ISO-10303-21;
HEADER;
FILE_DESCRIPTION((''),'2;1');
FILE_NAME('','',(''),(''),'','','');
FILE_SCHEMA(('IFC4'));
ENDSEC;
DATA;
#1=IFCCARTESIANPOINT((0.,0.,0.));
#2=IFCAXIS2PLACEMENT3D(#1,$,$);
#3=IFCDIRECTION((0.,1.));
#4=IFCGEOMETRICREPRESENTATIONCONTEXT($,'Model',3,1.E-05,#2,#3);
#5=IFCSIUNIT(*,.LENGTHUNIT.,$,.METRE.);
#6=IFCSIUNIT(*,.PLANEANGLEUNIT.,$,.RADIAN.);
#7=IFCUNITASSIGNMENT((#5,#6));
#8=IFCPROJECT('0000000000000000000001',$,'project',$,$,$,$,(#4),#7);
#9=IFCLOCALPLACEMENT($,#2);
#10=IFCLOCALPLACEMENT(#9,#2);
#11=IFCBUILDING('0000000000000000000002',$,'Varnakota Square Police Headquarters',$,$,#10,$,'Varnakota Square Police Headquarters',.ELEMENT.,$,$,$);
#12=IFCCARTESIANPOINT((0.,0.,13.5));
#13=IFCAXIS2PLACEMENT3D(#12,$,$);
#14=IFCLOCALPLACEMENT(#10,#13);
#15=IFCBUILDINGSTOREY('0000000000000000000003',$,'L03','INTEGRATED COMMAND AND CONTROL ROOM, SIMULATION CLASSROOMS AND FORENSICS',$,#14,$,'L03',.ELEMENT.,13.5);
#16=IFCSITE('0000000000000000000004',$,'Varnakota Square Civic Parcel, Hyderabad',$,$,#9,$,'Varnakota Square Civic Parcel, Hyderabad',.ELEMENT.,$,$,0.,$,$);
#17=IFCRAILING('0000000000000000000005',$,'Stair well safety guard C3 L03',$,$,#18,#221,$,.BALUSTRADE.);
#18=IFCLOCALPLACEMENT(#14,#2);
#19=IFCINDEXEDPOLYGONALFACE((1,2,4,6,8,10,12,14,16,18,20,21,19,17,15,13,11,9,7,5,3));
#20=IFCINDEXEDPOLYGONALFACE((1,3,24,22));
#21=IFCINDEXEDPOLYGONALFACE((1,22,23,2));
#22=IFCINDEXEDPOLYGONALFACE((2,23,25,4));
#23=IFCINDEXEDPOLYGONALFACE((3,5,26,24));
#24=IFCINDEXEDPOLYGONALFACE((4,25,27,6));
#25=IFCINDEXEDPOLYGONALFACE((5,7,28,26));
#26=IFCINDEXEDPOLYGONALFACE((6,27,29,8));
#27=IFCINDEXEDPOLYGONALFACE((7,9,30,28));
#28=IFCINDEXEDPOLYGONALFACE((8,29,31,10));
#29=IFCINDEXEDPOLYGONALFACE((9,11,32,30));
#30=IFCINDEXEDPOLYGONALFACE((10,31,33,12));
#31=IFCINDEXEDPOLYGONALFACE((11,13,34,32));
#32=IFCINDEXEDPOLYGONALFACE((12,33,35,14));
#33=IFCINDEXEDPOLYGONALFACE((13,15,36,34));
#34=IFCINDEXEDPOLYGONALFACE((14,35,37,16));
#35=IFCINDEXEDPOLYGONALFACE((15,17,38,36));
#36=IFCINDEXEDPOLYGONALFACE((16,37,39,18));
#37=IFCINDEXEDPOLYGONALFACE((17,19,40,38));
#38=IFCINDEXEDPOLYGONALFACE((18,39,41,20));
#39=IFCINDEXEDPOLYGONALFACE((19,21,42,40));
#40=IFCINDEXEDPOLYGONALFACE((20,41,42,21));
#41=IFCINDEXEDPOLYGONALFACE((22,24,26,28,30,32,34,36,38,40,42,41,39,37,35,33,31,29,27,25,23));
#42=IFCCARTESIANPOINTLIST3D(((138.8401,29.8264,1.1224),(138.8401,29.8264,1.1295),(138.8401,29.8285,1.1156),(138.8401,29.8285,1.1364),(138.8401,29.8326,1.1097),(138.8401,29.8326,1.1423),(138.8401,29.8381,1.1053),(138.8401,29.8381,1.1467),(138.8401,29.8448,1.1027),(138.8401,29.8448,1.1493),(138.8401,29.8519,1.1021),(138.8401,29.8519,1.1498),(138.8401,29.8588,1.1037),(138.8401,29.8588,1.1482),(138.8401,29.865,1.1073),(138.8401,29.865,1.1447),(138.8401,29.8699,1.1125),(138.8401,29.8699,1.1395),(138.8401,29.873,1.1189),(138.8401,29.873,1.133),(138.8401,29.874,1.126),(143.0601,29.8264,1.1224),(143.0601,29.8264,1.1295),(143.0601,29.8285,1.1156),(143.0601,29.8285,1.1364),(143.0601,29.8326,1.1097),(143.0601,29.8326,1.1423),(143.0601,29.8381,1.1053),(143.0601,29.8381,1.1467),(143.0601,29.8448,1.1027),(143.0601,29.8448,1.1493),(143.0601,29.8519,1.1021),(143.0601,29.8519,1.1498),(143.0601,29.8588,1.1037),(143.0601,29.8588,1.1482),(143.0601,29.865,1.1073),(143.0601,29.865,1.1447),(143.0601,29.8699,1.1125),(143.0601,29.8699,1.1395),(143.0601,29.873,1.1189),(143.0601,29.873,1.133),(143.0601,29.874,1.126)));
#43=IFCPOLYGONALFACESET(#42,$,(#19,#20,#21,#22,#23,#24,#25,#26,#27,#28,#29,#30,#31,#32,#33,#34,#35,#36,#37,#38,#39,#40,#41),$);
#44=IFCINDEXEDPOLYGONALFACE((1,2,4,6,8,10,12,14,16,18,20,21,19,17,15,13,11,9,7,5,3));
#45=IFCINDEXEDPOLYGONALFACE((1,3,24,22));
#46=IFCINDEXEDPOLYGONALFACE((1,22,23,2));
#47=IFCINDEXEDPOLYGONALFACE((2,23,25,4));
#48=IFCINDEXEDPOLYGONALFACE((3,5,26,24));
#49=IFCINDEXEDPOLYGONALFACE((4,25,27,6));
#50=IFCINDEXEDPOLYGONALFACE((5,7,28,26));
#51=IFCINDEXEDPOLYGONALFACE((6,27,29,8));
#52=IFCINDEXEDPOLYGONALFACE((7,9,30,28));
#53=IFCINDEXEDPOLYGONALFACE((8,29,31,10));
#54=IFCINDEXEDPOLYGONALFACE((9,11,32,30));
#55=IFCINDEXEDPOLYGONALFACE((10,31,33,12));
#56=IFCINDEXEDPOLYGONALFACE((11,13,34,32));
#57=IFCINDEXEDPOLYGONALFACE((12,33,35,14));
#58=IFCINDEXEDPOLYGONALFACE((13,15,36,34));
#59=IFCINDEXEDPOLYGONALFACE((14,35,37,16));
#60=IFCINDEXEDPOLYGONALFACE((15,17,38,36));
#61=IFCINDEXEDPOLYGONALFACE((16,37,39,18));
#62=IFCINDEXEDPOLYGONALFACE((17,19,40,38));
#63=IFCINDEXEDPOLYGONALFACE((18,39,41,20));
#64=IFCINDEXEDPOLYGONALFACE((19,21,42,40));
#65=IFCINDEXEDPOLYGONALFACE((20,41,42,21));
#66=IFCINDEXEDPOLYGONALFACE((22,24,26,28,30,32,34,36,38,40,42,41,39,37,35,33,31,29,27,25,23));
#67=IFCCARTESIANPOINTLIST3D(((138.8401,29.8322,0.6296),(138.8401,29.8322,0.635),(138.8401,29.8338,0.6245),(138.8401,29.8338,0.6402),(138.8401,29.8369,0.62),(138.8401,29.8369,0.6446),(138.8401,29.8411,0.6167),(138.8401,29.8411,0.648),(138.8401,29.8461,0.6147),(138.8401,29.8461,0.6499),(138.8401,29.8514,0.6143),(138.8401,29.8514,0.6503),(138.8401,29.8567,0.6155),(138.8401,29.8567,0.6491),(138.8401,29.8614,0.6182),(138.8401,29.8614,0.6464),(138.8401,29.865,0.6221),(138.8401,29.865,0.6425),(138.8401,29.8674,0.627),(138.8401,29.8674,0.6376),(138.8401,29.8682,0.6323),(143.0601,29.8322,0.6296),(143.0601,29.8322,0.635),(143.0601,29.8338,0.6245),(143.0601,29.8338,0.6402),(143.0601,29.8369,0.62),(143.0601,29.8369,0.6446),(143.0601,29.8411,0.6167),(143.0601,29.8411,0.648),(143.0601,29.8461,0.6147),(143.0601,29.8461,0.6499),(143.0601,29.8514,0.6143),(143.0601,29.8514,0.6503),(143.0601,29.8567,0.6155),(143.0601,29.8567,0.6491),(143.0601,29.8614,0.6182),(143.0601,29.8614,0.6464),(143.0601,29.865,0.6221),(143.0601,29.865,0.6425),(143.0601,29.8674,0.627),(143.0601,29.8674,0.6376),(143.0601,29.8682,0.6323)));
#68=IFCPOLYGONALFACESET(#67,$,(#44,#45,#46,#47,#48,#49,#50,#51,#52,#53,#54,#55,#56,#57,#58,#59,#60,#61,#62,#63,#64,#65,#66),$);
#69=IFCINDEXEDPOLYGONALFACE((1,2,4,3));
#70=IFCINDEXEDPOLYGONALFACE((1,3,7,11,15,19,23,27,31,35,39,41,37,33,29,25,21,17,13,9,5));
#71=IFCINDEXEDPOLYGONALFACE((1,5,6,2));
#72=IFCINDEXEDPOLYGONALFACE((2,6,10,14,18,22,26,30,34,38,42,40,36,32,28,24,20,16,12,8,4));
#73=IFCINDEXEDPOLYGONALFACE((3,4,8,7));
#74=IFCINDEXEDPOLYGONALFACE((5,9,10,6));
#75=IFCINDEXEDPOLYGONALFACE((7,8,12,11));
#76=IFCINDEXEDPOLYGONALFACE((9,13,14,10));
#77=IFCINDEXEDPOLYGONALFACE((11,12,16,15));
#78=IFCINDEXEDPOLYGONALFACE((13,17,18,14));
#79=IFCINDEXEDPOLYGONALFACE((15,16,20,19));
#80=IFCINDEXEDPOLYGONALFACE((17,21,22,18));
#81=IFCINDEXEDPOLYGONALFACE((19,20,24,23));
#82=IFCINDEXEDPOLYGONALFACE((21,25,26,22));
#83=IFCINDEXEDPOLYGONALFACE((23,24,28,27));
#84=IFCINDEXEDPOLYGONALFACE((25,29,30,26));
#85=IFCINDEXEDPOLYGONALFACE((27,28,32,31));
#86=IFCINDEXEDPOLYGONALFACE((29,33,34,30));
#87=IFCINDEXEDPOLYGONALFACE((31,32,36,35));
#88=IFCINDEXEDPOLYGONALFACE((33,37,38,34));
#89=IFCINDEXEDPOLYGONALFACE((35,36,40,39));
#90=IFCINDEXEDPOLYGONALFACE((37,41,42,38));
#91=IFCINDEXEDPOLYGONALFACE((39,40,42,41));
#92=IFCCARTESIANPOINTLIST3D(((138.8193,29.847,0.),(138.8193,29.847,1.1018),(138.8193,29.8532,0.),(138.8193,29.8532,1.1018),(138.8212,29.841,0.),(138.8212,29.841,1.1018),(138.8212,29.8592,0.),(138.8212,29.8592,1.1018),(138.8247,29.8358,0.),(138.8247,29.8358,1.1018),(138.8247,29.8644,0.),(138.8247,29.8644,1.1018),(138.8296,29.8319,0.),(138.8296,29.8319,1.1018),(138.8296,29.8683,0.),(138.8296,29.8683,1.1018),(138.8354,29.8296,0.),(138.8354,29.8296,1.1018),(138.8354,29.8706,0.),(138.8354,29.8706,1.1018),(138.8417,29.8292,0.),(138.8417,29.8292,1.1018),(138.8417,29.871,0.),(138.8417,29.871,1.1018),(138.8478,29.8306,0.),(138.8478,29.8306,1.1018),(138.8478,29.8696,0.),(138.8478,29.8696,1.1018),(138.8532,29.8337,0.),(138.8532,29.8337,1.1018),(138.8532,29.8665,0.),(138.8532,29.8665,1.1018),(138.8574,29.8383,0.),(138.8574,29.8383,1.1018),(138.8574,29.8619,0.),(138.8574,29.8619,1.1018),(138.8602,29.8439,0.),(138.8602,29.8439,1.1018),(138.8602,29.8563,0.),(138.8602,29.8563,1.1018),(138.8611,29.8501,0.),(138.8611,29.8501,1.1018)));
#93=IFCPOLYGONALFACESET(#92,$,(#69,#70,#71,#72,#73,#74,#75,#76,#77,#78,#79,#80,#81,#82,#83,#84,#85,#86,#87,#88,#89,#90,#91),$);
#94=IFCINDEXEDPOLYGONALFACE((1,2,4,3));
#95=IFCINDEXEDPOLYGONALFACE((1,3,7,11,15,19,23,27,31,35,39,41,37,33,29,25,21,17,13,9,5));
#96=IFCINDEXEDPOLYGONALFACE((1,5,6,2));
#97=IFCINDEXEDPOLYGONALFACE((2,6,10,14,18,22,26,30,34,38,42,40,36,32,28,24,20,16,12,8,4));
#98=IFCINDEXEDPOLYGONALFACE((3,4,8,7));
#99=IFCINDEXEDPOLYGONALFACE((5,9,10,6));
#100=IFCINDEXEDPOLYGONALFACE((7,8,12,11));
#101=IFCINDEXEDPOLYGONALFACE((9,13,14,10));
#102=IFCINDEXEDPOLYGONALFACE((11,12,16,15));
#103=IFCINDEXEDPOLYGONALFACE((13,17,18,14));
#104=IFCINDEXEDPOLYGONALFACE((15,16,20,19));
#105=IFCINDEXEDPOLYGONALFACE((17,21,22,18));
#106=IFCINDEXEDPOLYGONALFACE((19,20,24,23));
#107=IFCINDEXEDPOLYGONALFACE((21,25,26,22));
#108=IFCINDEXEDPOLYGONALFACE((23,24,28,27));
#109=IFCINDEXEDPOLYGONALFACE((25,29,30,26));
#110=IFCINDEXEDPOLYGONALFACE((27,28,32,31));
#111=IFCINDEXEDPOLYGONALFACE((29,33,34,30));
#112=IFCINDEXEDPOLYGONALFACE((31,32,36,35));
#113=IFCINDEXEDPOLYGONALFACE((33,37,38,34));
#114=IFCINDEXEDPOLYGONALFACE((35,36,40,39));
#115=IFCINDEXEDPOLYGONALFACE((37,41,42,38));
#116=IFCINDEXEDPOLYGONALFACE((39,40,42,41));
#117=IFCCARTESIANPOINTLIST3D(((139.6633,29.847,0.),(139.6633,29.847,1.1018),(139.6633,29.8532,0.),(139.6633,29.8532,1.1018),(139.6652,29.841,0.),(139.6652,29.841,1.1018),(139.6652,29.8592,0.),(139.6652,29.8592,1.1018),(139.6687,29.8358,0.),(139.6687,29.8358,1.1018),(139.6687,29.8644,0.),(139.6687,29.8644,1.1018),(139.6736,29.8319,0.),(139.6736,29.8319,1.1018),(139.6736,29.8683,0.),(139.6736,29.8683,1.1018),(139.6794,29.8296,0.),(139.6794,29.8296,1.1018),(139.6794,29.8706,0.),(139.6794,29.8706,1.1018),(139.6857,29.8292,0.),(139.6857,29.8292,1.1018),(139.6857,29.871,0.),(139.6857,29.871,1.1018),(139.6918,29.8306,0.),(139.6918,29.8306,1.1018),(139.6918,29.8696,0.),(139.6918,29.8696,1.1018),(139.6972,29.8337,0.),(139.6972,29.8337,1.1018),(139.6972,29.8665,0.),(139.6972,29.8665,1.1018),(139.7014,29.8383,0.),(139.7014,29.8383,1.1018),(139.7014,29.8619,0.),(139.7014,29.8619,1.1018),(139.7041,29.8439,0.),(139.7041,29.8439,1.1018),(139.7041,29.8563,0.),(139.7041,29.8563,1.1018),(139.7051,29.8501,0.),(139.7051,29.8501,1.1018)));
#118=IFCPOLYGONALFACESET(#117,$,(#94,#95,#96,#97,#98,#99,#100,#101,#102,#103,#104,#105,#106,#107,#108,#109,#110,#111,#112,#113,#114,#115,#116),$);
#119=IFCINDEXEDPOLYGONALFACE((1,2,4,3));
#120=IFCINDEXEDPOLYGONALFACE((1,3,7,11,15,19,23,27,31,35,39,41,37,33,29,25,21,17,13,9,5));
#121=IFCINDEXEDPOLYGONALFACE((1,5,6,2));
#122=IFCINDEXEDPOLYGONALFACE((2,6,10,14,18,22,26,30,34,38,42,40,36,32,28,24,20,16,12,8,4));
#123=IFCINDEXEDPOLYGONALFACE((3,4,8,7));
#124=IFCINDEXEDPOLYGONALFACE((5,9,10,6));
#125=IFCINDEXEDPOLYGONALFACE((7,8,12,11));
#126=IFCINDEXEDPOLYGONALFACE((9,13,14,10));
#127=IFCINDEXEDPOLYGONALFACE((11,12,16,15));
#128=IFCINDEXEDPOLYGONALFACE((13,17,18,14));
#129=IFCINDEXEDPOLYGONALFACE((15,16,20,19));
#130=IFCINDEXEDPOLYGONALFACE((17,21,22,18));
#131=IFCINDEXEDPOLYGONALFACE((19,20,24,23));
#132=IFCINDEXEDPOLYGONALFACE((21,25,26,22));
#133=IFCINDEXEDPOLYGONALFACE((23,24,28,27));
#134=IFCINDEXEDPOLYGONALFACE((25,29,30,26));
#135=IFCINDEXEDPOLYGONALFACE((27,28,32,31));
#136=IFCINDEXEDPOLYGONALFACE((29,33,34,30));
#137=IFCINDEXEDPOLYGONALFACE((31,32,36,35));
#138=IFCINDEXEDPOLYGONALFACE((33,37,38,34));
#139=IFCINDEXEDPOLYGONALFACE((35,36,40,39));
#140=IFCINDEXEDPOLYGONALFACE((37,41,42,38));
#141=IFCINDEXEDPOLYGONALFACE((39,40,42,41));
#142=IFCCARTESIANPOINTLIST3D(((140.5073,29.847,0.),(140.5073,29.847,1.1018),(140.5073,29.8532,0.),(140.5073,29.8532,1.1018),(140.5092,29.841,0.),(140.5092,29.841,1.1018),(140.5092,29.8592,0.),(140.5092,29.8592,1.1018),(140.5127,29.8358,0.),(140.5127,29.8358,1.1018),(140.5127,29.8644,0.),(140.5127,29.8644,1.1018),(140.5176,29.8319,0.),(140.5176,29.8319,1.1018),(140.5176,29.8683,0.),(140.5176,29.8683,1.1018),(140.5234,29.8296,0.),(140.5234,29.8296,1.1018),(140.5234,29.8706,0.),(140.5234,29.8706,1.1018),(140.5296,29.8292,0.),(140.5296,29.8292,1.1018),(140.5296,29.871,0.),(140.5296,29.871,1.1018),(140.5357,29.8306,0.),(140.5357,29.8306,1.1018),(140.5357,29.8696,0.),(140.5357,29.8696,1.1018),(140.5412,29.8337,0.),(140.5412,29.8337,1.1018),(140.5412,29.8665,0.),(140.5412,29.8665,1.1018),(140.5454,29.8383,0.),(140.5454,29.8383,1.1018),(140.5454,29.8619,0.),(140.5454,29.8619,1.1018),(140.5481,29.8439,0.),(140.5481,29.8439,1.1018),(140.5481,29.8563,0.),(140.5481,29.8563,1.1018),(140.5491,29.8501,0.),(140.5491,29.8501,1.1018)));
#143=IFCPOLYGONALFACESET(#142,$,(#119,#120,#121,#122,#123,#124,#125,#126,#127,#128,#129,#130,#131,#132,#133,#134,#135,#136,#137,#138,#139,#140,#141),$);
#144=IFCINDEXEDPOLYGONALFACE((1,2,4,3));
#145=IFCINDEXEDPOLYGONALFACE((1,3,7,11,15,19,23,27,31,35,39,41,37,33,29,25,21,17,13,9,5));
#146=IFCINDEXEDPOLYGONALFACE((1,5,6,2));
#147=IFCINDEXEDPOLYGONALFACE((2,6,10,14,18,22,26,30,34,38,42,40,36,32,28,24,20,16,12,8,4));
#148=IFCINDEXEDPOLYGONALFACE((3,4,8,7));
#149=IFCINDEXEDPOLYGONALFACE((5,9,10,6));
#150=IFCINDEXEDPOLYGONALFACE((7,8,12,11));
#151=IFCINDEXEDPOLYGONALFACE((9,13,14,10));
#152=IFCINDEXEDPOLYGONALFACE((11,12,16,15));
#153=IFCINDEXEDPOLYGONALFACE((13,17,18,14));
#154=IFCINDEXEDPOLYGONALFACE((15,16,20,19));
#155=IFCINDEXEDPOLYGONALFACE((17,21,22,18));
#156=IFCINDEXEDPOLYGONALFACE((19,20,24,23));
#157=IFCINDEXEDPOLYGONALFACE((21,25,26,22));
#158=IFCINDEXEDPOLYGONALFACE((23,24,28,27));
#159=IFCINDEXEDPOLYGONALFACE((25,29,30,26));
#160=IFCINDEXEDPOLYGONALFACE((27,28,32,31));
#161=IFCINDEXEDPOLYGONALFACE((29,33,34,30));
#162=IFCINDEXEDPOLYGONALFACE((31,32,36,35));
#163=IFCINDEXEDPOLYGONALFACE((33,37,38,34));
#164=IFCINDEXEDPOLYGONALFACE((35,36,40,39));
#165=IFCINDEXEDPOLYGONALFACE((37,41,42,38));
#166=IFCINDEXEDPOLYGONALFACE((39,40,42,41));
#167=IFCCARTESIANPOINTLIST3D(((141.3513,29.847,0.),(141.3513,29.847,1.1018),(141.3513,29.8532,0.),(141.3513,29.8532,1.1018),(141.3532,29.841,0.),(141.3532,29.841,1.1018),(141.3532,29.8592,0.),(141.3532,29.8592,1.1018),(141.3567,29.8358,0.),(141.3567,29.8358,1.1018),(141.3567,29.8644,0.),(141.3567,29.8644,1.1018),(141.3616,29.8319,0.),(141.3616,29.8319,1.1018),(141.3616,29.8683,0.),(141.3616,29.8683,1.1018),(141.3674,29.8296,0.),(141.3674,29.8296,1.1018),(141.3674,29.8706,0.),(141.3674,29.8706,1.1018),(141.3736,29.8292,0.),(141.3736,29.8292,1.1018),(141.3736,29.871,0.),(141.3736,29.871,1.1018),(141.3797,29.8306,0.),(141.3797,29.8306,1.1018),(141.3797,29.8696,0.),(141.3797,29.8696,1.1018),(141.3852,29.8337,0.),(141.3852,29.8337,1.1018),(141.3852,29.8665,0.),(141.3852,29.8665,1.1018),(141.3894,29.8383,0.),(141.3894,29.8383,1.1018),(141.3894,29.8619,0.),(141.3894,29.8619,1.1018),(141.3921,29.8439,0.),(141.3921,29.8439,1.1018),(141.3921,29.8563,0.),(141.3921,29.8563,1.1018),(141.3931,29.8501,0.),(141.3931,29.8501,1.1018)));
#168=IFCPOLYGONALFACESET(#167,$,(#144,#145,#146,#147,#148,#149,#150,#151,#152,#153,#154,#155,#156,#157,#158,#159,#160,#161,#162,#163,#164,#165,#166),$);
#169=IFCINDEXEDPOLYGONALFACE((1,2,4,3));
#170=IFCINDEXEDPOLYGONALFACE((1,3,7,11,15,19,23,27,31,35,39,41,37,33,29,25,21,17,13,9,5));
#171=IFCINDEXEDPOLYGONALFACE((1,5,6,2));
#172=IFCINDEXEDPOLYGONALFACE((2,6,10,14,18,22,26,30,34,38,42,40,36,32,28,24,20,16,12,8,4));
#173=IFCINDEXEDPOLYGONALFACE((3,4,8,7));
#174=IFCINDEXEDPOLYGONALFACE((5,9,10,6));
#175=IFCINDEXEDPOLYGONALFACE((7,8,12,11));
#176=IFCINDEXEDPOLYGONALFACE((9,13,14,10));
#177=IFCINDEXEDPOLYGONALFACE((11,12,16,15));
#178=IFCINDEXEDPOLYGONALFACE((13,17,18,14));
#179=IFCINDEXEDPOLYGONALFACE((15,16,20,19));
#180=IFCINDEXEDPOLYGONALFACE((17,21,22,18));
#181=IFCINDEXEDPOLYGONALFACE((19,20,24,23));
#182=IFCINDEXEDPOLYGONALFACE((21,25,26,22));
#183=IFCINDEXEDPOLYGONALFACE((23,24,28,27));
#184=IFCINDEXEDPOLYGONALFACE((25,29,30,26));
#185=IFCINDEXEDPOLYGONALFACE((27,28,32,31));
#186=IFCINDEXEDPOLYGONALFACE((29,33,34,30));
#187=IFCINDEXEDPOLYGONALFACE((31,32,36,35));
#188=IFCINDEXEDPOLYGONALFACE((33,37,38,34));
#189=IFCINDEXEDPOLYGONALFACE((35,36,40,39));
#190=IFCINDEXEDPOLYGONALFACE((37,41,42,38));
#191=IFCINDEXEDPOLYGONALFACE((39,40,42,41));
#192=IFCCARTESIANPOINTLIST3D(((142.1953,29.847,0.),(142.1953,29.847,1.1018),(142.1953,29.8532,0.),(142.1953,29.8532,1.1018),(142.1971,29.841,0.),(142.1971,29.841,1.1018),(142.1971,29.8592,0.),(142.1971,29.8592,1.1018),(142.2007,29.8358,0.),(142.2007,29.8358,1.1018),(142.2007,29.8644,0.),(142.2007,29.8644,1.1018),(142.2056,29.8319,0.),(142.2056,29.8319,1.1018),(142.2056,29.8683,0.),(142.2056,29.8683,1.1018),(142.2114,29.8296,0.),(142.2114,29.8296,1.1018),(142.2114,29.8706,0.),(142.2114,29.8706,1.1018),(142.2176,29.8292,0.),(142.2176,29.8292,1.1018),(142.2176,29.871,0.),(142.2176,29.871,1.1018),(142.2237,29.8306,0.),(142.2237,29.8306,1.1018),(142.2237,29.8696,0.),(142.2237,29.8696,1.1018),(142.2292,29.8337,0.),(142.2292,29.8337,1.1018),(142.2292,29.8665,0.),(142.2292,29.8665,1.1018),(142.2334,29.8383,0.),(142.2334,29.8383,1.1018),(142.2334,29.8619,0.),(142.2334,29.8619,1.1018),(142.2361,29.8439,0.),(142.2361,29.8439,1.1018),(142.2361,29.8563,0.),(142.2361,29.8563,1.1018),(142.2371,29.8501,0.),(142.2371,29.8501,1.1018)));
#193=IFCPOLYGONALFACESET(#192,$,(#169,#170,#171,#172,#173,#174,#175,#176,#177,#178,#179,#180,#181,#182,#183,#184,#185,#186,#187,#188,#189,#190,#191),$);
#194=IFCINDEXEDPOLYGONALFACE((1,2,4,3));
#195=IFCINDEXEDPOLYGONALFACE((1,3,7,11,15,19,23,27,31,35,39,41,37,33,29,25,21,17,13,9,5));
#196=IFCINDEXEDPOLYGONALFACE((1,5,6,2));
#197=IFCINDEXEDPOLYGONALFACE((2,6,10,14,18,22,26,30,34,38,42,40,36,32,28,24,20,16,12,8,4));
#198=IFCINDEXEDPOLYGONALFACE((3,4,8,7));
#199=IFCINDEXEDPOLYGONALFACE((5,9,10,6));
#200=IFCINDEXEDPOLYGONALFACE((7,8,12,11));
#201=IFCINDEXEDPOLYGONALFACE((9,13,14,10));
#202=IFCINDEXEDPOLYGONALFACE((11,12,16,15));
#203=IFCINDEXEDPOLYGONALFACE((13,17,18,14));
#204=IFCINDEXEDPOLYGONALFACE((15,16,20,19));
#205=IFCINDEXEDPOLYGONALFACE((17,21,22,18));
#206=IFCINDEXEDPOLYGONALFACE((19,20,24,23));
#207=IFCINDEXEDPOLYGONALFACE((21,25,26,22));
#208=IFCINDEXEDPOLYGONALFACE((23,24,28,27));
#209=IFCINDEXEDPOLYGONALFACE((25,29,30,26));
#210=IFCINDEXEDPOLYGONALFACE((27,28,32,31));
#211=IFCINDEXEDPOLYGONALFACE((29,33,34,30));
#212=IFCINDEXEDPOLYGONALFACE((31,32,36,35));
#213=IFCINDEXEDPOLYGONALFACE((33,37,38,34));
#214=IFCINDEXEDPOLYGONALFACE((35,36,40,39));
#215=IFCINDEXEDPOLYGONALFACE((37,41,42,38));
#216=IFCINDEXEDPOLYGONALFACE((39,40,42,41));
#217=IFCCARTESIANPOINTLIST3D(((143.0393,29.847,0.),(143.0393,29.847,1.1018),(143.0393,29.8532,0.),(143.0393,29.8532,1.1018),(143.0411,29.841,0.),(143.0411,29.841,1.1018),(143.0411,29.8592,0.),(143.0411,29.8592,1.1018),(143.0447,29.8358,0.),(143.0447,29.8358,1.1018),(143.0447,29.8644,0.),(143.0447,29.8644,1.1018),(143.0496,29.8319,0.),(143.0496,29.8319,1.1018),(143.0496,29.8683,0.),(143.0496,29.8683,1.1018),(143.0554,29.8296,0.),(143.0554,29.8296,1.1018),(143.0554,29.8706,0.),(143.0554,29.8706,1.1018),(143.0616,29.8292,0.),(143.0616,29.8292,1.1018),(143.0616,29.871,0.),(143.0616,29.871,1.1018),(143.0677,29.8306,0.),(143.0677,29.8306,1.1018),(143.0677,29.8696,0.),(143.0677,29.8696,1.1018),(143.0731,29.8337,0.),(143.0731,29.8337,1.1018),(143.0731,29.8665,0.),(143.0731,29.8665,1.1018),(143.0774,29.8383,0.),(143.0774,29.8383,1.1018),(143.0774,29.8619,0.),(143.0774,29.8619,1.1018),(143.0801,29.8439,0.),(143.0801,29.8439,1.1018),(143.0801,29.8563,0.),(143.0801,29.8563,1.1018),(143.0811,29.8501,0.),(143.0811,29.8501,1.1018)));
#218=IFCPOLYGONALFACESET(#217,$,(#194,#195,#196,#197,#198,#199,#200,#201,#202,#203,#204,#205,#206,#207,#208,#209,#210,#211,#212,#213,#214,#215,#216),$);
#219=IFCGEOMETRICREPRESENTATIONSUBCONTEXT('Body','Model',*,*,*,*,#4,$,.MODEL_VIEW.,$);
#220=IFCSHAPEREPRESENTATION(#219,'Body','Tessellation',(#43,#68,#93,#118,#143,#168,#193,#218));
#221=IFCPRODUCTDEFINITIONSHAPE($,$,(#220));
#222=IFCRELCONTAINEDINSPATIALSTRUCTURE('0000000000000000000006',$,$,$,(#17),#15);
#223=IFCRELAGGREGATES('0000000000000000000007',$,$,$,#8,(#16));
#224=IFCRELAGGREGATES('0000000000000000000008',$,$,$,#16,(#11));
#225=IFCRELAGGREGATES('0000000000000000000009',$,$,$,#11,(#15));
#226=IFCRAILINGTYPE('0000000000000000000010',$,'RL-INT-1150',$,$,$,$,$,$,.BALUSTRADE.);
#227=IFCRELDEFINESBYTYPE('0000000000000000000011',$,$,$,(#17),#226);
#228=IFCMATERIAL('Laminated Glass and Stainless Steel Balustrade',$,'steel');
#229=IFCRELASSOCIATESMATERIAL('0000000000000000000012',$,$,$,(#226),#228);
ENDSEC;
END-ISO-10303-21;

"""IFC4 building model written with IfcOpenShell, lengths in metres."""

from ifc_helpers import new_model, si_unit, direction, frame, origin, origin_2d, place, context, subcontext, project, spatial, circle, extrude, material, type_object, element, save


model = new_model("IFC4")

# Units and contexts
model_context = context("Model", 3, precision=1e-05, world=origin(), true_north=direction((0.0, 1.0)))
body_context = subcontext(model_context, "Body", "Model", "MODEL_VIEW")
ifc_project = project(units=[si_unit("LENGTHUNIT", "METRE"), si_unit("PLANEANGLEUNIT", "RADIAN")], contexts=[model_context])

# Site, building, storey
site_placement = place(None, origin())
site = spatial("IfcSite", under=ifc_project, at=site_placement, Name="Varnakota Square Civic Parcel, Hyderabad", LongName="Varnakota Square Civic Parcel, Hyderabad", CompositionType="ELEMENT", RefElevation=0.0)
building_placement = place(site_placement, origin())
building = spatial("IfcBuilding", under=site, at=building_placement, Name="Varnakota Square Police Headquarters", LongName="Varnakota Square Police Headquarters", CompositionType="ELEMENT")
storey_placement = place(building_placement, frame((0.0, 0.0, 13.5)))
storey = spatial("IfcBuildingStorey", under=building, at=storey_placement, Name="L03", Description="INTEGRATED COMMAND AND CONTROL ROOM, SIMULATION CLASSROOMS AND FORENSICS", LongName="L03", CompositionType="ELEMENT", Elevation=13.5)

# Railing
ifc_material_1 = material(Name="Laminated Glass and Stainless Steel Balustrade", Category="steel")
railing_type_1 = type_object("IfcRailingType", Name="RL-INT-1150", PredefinedType="BALUSTRADE", material=ifc_material_1)
railing_1_placement = place(storey_placement, frame((138.8401, 29.8501, 0.0)))
element("IfcRailing", 1, at=railing_1_placement, inside=storey, type_object=railing_type_1, Name="Stair well safety guard C3 L03", PredefinedType="BALUSTRADE", context=body_context, shape_type="SweptSolid", body=[
    extrude(circle(Radius=0.0239, at=origin_2d()), frame((0.0, 0.0, 1.126), z_axis=(1.0, 0.0, 0.0), x_axis=(0.0, 1.0, 0.0)), (0.0, 0.0, 1.0), 4.22),
    extrude(circle(Radius=0.0181, at=origin_2d()), frame((0.0, 0.0, 0.6323), z_axis=(1.0, 0.0, 0.0), x_axis=(0.0, 1.0, 0.0)), (0.0, 0.0, 1.0), 4.22),
    extrude(circle(Radius=0.021, at=origin_2d()), origin(), (0.0, 0.0, 1.0), 1.1018),
    extrude(circle(Radius=0.021, at=origin_2d()), frame((0.844, 0.0, 0.0)), (0.0, 0.0, 1.0), 1.1018),
    extrude(circle(Radius=0.021, at=origin_2d()), frame((1.688, 0.0, 0.0)), (0.0, 0.0, 1.0), 1.1018),
    extrude(circle(Radius=0.021, at=origin_2d()), frame((2.532, 0.0, 0.0)), (0.0, 0.0, 1.0), 1.1018),
    extrude(circle(Radius=0.021, at=origin_2d()), frame((3.376, 0.0, 0.0)), (0.0, 0.0, 1.0), 1.1018),
    extrude(circle(Radius=0.021, at=origin_2d()), frame((4.22, 0.0, 0.0)), (0.0, 0.0, 1.0), 1.1018),
])

save(model, "model.ifc")
